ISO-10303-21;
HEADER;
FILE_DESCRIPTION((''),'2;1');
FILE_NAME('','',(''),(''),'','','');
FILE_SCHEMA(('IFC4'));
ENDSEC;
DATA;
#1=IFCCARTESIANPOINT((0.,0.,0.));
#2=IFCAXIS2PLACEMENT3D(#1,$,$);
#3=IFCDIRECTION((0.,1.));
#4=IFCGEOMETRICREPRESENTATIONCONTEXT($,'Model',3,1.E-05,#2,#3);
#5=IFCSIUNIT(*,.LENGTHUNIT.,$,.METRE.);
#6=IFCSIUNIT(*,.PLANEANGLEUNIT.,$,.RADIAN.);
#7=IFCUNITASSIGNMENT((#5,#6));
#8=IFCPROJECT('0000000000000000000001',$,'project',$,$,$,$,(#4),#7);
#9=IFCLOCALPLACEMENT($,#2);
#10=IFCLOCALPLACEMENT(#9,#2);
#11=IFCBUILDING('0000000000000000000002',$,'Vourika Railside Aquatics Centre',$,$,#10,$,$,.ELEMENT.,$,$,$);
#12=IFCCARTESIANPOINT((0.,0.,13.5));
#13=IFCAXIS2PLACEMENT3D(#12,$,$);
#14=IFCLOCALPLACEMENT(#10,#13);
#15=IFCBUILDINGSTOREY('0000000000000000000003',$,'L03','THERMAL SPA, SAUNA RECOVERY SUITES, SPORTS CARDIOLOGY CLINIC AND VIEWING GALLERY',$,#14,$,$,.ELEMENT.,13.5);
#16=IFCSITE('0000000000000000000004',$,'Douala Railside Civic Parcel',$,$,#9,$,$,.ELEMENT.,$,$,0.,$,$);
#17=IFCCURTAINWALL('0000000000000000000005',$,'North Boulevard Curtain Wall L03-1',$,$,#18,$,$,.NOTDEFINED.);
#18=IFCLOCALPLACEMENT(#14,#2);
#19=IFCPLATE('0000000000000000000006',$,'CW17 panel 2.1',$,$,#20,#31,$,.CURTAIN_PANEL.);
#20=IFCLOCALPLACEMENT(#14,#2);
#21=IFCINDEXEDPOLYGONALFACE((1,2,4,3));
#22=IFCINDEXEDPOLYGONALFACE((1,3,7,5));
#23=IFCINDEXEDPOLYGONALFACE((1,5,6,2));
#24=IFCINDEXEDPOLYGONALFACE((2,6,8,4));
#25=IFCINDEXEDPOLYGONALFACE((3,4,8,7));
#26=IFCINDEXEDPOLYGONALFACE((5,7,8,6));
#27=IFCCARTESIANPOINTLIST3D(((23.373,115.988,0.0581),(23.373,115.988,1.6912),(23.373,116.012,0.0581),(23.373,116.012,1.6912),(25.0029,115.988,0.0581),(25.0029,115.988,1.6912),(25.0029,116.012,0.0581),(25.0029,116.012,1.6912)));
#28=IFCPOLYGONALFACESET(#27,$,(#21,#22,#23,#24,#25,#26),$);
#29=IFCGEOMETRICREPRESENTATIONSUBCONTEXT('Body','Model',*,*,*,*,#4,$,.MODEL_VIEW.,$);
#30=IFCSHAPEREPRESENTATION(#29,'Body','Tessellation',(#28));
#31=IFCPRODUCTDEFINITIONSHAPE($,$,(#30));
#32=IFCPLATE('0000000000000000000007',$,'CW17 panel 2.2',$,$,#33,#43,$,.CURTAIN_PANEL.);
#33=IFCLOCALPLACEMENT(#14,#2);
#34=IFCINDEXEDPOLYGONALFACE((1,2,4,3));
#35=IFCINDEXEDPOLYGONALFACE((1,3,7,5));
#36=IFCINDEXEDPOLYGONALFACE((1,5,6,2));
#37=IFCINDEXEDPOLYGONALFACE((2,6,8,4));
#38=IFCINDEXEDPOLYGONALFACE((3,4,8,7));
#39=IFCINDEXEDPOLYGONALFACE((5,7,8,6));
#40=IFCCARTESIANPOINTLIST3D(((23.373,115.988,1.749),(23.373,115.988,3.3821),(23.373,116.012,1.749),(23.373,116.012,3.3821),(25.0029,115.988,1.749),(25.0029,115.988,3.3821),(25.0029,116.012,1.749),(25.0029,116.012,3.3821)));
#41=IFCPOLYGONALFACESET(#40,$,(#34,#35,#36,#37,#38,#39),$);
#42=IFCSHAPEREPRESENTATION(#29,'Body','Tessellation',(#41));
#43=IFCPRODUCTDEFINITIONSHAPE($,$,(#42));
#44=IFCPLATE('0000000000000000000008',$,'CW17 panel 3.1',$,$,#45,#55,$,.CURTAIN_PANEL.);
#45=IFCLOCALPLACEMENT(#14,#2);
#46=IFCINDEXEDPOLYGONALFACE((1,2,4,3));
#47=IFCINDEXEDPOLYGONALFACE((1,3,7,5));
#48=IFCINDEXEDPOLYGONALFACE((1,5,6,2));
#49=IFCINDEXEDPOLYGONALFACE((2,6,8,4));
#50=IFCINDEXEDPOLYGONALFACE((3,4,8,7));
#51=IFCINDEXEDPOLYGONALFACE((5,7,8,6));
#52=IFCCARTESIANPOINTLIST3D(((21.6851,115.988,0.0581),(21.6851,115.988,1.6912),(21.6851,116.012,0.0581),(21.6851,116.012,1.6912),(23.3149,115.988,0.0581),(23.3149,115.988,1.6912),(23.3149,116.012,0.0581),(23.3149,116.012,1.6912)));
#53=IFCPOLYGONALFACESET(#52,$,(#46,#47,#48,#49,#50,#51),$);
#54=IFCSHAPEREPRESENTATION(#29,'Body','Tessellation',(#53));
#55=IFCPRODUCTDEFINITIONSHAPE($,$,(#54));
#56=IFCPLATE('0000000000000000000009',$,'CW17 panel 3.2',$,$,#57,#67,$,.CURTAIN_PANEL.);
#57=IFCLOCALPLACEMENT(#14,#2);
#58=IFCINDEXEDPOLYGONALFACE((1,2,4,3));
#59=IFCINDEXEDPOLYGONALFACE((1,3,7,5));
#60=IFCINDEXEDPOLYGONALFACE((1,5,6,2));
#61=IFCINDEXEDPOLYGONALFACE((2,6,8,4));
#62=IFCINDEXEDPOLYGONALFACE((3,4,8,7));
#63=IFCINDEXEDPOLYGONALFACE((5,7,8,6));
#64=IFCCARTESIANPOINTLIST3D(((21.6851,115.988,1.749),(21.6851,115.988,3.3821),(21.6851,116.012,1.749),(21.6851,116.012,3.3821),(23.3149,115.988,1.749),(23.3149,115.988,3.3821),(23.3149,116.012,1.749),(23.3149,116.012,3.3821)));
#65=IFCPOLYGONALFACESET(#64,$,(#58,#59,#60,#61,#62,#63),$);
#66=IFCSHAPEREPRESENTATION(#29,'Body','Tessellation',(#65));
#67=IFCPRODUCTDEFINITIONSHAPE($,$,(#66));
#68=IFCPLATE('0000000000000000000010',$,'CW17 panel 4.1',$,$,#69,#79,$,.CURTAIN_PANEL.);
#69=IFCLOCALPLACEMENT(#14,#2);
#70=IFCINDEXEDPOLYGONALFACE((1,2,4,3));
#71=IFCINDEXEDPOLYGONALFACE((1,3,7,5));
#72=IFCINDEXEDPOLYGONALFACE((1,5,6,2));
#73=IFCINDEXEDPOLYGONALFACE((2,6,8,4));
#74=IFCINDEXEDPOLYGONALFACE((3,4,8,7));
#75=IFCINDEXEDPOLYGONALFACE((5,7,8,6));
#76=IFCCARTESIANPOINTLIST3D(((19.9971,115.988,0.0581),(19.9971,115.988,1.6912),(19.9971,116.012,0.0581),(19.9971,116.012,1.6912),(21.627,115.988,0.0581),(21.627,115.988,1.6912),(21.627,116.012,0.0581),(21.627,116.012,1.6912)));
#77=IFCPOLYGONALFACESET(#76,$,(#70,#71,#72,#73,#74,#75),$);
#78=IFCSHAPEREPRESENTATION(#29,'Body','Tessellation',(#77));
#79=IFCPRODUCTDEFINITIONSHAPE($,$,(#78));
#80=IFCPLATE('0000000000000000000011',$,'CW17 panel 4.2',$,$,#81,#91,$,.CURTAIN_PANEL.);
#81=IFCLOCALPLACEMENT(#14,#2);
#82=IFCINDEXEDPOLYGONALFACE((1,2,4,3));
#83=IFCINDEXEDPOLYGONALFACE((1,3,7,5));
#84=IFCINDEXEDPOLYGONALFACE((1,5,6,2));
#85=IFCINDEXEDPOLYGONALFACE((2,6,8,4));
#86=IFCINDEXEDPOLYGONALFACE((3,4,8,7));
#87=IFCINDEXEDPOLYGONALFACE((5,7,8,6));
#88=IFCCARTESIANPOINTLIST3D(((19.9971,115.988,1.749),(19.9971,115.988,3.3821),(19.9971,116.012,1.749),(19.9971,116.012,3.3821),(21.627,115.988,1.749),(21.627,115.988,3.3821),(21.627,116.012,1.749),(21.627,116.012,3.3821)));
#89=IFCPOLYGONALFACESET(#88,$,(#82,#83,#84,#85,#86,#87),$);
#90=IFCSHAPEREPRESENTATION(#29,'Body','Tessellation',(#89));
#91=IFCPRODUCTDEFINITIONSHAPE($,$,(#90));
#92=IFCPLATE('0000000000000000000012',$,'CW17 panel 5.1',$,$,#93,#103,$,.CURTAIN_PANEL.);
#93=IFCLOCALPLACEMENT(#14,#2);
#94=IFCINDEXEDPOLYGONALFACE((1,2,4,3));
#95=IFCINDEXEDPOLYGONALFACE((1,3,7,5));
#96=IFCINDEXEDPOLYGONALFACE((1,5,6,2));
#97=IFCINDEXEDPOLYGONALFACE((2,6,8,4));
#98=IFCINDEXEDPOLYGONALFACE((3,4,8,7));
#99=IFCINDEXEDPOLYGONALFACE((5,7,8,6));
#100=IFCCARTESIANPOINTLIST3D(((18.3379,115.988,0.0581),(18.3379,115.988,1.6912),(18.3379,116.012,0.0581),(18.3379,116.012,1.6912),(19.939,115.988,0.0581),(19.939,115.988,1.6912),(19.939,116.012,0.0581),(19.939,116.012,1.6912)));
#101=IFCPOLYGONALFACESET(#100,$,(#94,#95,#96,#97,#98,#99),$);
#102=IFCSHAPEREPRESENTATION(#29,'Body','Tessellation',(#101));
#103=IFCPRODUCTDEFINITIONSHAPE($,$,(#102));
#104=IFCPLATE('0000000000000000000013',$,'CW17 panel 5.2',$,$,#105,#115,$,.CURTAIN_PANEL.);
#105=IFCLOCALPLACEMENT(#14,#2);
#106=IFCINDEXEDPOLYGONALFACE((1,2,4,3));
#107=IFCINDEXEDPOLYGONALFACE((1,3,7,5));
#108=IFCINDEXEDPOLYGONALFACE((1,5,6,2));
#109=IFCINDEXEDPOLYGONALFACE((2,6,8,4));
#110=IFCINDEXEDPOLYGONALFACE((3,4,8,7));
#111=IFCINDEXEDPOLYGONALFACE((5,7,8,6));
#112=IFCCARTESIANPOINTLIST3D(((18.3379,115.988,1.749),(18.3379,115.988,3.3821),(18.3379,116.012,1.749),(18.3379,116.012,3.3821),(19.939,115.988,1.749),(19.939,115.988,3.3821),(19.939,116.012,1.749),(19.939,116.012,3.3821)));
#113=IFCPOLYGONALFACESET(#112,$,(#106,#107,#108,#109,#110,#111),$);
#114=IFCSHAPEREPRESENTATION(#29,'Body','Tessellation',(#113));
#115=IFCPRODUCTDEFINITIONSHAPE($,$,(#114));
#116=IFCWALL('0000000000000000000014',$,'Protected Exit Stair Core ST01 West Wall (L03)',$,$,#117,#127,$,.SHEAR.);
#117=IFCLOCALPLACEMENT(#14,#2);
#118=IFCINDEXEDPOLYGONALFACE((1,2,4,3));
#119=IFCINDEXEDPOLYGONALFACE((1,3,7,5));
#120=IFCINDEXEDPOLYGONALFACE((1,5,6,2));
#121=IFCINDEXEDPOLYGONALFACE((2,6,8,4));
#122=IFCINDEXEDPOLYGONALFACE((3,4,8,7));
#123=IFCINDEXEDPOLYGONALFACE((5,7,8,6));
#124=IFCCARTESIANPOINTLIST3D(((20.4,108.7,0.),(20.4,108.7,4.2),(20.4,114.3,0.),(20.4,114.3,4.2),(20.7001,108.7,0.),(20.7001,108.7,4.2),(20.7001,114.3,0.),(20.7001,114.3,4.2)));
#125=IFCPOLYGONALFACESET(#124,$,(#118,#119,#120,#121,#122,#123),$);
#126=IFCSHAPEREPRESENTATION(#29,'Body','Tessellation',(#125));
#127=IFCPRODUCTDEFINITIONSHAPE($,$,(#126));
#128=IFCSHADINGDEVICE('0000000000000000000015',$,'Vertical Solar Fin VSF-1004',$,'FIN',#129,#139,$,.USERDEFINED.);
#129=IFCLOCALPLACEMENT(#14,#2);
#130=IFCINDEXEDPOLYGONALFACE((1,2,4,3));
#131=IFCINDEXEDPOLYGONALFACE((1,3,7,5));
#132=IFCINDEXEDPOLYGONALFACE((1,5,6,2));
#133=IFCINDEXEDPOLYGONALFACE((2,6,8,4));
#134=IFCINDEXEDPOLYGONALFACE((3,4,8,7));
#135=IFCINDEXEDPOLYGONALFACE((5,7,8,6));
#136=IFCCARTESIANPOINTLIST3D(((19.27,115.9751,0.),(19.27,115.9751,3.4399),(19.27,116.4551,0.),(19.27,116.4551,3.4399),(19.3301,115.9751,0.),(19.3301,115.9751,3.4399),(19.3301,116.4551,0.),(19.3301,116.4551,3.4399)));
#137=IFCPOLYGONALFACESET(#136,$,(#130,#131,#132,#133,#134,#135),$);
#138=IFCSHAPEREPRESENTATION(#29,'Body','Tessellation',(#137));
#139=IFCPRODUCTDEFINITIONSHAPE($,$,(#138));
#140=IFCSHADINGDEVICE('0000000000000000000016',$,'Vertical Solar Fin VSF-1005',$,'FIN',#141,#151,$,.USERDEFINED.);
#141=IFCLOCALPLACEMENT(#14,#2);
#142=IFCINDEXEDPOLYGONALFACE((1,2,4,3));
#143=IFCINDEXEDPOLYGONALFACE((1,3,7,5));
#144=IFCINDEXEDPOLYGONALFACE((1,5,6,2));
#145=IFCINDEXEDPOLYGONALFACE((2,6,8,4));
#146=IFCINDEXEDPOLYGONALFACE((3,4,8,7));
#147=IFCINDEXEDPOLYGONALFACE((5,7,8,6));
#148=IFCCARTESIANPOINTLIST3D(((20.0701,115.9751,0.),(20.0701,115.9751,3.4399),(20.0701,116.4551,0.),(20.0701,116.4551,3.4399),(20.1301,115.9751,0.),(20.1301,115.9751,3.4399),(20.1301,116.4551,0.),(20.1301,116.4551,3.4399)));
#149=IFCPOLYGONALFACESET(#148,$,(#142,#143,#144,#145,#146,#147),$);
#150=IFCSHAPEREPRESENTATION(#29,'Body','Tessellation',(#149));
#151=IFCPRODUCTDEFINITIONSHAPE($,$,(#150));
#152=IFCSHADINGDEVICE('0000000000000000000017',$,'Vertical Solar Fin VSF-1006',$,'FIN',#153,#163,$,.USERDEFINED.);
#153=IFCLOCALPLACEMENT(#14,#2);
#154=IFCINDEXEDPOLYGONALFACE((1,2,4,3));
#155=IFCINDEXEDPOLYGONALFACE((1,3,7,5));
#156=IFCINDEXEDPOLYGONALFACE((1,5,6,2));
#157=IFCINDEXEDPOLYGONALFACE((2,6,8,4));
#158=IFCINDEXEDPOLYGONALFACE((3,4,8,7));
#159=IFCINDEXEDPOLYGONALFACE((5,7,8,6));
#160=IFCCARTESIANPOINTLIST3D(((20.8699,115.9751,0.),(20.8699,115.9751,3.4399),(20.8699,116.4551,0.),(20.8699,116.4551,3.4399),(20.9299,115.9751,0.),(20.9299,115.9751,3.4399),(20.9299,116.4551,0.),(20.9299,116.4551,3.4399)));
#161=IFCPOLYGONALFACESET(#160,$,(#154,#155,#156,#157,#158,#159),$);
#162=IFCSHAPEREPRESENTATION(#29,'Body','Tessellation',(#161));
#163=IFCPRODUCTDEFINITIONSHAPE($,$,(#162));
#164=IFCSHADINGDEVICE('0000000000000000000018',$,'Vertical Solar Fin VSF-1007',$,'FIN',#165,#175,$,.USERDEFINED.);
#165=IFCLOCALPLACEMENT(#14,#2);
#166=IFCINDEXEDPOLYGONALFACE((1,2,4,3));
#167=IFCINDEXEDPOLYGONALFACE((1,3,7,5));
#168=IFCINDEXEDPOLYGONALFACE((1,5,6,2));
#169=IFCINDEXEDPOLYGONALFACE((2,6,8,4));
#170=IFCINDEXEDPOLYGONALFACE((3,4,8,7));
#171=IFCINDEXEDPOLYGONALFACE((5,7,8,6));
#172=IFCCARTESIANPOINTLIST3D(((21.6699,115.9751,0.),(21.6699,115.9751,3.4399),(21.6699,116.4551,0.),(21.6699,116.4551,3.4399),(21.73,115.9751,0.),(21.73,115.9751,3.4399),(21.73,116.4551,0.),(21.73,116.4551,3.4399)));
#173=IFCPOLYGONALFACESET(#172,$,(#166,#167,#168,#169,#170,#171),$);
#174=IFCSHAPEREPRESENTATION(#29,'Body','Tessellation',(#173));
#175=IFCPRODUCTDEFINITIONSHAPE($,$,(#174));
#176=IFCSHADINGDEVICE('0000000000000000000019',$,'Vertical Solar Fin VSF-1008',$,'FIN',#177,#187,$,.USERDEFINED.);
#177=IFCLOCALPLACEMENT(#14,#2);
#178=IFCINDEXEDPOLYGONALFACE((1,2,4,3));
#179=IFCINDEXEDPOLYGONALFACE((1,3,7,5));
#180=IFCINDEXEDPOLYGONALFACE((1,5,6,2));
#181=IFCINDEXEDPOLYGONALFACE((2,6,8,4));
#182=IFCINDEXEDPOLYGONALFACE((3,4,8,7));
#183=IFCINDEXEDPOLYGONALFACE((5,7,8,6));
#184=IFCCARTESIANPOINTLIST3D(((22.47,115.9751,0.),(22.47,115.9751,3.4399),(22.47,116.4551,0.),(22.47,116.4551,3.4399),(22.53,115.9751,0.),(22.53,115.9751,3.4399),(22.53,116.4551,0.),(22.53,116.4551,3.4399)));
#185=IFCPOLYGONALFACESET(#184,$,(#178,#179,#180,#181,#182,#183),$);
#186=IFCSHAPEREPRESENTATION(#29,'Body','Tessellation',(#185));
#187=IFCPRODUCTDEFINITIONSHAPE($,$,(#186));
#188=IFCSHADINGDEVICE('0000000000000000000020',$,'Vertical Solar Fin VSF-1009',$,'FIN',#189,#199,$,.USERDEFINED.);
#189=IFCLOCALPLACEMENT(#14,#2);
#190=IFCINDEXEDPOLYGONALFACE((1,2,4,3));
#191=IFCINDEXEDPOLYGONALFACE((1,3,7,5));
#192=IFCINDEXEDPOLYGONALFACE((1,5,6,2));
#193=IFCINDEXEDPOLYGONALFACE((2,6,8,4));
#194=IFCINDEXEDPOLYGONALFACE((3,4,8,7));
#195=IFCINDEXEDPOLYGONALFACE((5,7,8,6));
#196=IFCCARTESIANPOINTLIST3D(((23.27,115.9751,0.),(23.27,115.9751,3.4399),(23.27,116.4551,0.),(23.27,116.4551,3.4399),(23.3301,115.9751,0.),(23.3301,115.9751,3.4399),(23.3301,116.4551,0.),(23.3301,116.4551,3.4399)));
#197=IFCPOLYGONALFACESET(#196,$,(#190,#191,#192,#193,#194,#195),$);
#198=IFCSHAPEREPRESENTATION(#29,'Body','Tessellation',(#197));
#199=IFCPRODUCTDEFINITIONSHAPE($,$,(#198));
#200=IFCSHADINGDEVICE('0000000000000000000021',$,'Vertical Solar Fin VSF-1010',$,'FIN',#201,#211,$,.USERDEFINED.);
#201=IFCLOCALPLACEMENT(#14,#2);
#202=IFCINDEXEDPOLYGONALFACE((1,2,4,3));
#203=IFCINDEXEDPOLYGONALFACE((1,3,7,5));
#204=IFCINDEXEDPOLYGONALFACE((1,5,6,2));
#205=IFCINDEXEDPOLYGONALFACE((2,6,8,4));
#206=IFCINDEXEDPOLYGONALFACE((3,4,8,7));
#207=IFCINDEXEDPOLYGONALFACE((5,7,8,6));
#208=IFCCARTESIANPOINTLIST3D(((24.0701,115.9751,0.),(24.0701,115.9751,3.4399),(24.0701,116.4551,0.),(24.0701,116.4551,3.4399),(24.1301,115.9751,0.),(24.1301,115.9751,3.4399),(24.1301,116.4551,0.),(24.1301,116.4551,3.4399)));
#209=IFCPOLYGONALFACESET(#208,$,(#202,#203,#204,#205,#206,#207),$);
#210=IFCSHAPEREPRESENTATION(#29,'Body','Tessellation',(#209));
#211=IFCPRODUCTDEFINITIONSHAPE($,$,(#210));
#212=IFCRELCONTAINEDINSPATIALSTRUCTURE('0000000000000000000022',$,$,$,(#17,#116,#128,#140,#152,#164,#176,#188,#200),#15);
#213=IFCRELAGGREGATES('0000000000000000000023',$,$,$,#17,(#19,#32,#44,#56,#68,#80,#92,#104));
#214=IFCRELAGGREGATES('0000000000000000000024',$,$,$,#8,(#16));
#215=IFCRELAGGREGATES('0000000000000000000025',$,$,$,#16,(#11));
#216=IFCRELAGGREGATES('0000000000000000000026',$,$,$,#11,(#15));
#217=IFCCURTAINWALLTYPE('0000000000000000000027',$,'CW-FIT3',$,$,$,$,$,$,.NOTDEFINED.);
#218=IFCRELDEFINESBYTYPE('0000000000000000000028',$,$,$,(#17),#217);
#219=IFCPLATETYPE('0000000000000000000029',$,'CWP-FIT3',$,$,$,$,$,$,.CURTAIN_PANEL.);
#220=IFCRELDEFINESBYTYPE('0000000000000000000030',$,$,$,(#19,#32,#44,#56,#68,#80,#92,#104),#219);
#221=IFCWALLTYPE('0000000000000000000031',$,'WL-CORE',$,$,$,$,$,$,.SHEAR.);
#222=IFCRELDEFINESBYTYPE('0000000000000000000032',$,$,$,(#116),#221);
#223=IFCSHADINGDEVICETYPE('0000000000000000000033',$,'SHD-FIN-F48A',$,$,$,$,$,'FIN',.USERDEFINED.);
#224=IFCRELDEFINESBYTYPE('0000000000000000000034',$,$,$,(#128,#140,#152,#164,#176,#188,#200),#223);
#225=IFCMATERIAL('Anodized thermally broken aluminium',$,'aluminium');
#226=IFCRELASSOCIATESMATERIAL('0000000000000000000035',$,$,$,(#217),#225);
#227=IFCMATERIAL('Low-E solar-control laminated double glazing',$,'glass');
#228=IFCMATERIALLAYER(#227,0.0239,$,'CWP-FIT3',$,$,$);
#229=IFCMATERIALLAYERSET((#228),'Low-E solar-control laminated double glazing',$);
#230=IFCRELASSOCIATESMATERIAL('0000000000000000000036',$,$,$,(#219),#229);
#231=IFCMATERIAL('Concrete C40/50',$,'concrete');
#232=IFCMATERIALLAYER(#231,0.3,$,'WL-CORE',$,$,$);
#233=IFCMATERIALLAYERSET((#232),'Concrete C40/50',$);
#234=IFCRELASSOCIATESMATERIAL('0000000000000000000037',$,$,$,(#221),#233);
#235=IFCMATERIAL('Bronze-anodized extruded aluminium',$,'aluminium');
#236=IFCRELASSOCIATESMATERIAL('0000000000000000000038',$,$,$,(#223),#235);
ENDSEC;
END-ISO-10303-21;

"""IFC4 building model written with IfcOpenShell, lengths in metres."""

from ifc_helpers import new_model, si_unit, direction, frame, frame_2d, origin, origin_2d, place, context, subcontext, project, spatial, rectangle, extrude, material, layer, layer_set, material_profile, profile_set, type_object, element, aggregate, save


model = new_model("IFC4")

# Units and contexts
model_context = context("Model", 3, precision=1e-05, world=origin(), true_north=direction((0.0, 1.0)))
body_context = subcontext(model_context, "Body", "Model", "MODEL_VIEW")
ifc_project = project(units=[si_unit("LENGTHUNIT", "METRE"), si_unit("PLANEANGLEUNIT", "RADIAN")], contexts=[model_context])

# Site, building, storey
site_placement = place(None, origin())
site = spatial("IfcSite", under=ifc_project, at=site_placement, Name="Douala Railside Civic Parcel", CompositionType="ELEMENT", RefElevation=0.0)
building_placement = place(site_placement, origin())
building = spatial("IfcBuilding", under=site, at=building_placement, Name="Vourika Railside Aquatics Centre", CompositionType="ELEMENT")
storey_placement = place(building_placement, frame((0.0, 0.0, 13.5)))
storey = spatial("IfcBuildingStorey", under=building, at=storey_placement, Name="L03", Description="THERMAL SPA, SAUNA RECOVERY SUITES, SPORTS CARDIOLOGY CLINIC AND VIEWING GALLERY", CompositionType="ELEMENT", Elevation=13.5)

# Curtain wall, plates
ifc_material_1 = material(Name="Anodized thermally broken aluminium", Category="aluminium")
curtain_wall_type = type_object("IfcCurtainWallType", Name="CW-FIT3", PredefinedType="NOTDEFINED", material=ifc_material_1)
curtain_wall_placement = place(storey_placement, origin())
curtain_wall = element("IfcCurtainWall", 1, at=curtain_wall_placement, inside=storey, type_object=curtain_wall_type, Name="North Boulevard Curtain Wall L03-1", PredefinedType="NOTDEFINED")
ifc_material_2 = material(Name="Low-E solar-control laminated double glazing", Category="glass")
ifc_layer_1 = layer(ifc_material_2, 0.0239, Name="CWP-FIT3")
ifc_layer_set_1 = layer_set([ifc_layer_1], Name="Low-E solar-control laminated double glazing")
plate_type = type_object("IfcPlateType", Name="CWP-FIT3", PredefinedType="CURTAIN_PANEL", material=ifc_layer_set_1)
plate_1_placement = place(storey_placement, frame((24.188, 116.0, 0.0581), z_axis=(0.0, 0.0, 1.0), x_axis=(-1.0, 0.0, 0.0)))
plate_1 = element("IfcPlate", 2, at=plate_1_placement, type_object=plate_type, Name="CW17 panel 2.1", PredefinedType="CURTAIN_PANEL", context=body_context, shape_type="SweptSolid", body=[
    extrude(rectangle(XDim=1.6299, YDim=0.0239, at=origin_2d()), origin(), (0.0, 0.0, 1.0), 1.6331),
])
plate_2_placement = place(storey_placement, frame((24.188, 116.0, 1.749), z_axis=(0.0, 0.0, 1.0), x_axis=(-1.0, 0.0, 0.0)))
plate_2 = element("IfcPlate", 3, at=plate_2_placement, type_object=plate_type, Name="CW17 panel 2.2", PredefinedType="CURTAIN_PANEL", context=body_context, shape_type="SweptSolid", body=[
    extrude(rectangle(XDim=1.6299, YDim=0.0239, at=origin_2d()), origin(), (0.0, 0.0, 1.0), 1.6331),
])
plate_3_placement = place(storey_placement, frame((22.5, 116.0, 0.0581), z_axis=(0.0, 0.0, 1.0), x_axis=(-1.0, 0.0, 0.0)))
plate_3 = element("IfcPlate", 4, at=plate_3_placement, type_object=plate_type, Name="CW17 panel 3.1", PredefinedType="CURTAIN_PANEL", context=body_context, shape_type="SweptSolid", body=[
    extrude(rectangle(XDim=1.6299, YDim=0.0239, at=origin_2d()), origin(), (0.0, 0.0, 1.0), 1.6331),
])
plate_4_placement = place(storey_placement, frame((22.5, 116.0, 1.749), z_axis=(0.0, 0.0, 1.0), x_axis=(-1.0, 0.0, 0.0)))
plate_4 = element("IfcPlate", 5, at=plate_4_placement, type_object=plate_type, Name="CW17 panel 3.2", PredefinedType="CURTAIN_PANEL", context=body_context, shape_type="SweptSolid", body=[
    extrude(rectangle(XDim=1.6299, YDim=0.0239, at=origin_2d()), origin(), (0.0, 0.0, 1.0), 1.6331),
])
plate_5_placement = place(storey_placement, frame((20.812, 116.0, 0.0581), z_axis=(0.0, 0.0, 1.0), x_axis=(-1.0, 0.0, 0.0)))
plate_5 = element("IfcPlate", 6, at=plate_5_placement, type_object=plate_type, Name="CW17 panel 4.1", PredefinedType="CURTAIN_PANEL", context=body_context, shape_type="SweptSolid", body=[
    extrude(rectangle(XDim=1.6299, YDim=0.0239, at=origin_2d()), origin(), (0.0, 0.0, 1.0), 1.6331),
])
plate_6_placement = place(storey_placement, frame((20.812, 116.0, 1.749), z_axis=(0.0, 0.0, 1.0), x_axis=(-1.0, 0.0, 0.0)))
plate_6 = element("IfcPlate", 7, at=plate_6_placement, type_object=plate_type, Name="CW17 panel 4.2", PredefinedType="CURTAIN_PANEL", context=body_context, shape_type="SweptSolid", body=[
    extrude(rectangle(XDim=1.6299, YDim=0.0239, at=origin_2d()), origin(), (0.0, 0.0, 1.0), 1.6331),
])
plate_7_placement = place(storey_placement, frame((19.1384, 116.0, 0.0581), z_axis=(0.0, 0.0, 1.0), x_axis=(-1.0, 0.0, 0.0)))
plate_7 = element("IfcPlate", 8, at=plate_7_placement, type_object=plate_type, Name="CW17 panel 5.1", PredefinedType="CURTAIN_PANEL", context=body_context, shape_type="SweptSolid", body=[
    extrude(rectangle(XDim=1.6011, YDim=0.0239, at=origin_2d()), origin(), (0.0, 0.0, 1.0), 1.6331),
])
plate_8_placement = place(storey_placement, frame((19.1384, 116.0, 1.749), z_axis=(0.0, 0.0, 1.0), x_axis=(-1.0, 0.0, 0.0)))
plate_8 = element("IfcPlate", 9, at=plate_8_placement, type_object=plate_type, Name="CW17 panel 5.2", PredefinedType="CURTAIN_PANEL", context=body_context, shape_type="SweptSolid", body=[
    extrude(rectangle(XDim=1.6011, YDim=0.0239, at=origin_2d()), origin(), (0.0, 0.0, 1.0), 1.6331),
])
aggregate(curtain_wall, [plate_1, plate_2, plate_3, plate_4, plate_5, plate_6, plate_7, plate_8])

# Wall
ifc_material_3 = material(Name="Concrete C40/50", Category="concrete")
ifc_layer_2 = layer(ifc_material_3, 0.3, Name="WL-CORE")
ifc_layer_set_2 = layer_set([ifc_layer_2], Name="Concrete C40/50")
wall_type = type_object("IfcWallType", Name="WL-CORE", PredefinedType="SHEAR", material=ifc_layer_set_2)
wall_placement = place(storey_placement, frame((20.55, 114.3, 0.0), z_axis=(0.0, 0.0, 1.0), x_axis=(0.0, -1.0, 0.0)))
element("IfcWall", 10, at=wall_placement, inside=storey, type_object=wall_type, Name="Protected Exit Stair Core ST01 West Wall (L03)", PredefinedType="SHEAR", context=body_context, shape_type="SweptSolid", body=[
    extrude(rectangle(XDim=5.6001, YDim=0.3, at=frame_2d((2.8, 0.0))), origin(), (0.0, 0.0, 1.0), 4.2),
])

# Shading devices
ifc_material_4 = material(Name="Bronze-anodized extruded aluminium", Category="aluminium")
ifc_material_profile_1 = material_profile(ifc_material_4, rectangle(XDim=0.0601, YDim=0.48, at=origin_2d()), Name="ALU-FIN 60x480")
ifc_profile_set_1 = profile_set([ifc_material_profile_1], Name="Bronze-anodized extruded aluminium")
shading_device_type = type_object("IfcShadingDeviceType", Name="SHD-FIN-F48A", ElementType="FIN", PredefinedType="USERDEFINED", material=ifc_profile_set_1)
for number, where, z_axis, x_axis, name in (
    (11, (19.3, 116.2151, 0.0), (0.0, 0.0, 1.0), (1.0, 0.0, 0.0), "Vertical Solar Fin VSF-1004"),
    (12, (20.1001, 116.2151, 0.0), (0.0, 0.0, 1.0), (1.0, 0.0, 0.0), "Vertical Solar Fin VSF-1005"),
    (13, (20.8999, 116.2151, 0.0), (0.0, 0.0, 1.0), (1.0, 0.0, 0.0), "Vertical Solar Fin VSF-1006"),
    (14, (21.7, 116.2151, 0.0), (0.0, 0.0, 1.0), (1.0, 0.0, 0.0), "Vertical Solar Fin VSF-1007"),
    (15, (22.5, 116.2151, 0.0), (0.0, 0.0, 1.0), (1.0, 0.0, 0.0), "Vertical Solar Fin VSF-1008"),
    (16, (23.3, 116.2151, 0.0), (0.0, 0.0, 1.0), (1.0, 0.0, 0.0), "Vertical Solar Fin VSF-1009"),
    (17, (24.1001, 116.2151, 0.0), (0.0, 0.0, 1.0), (1.0, 0.0, 0.0), "Vertical Solar Fin VSF-1010"),
):
    element("IfcShadingDevice", number, at=place(storey_placement, frame(where, z_axis=z_axis, x_axis=x_axis)), inside=storey, type_object=shading_device_type, Name=name, ObjectType="FIN", PredefinedType="USERDEFINED", context=body_context, shape_type="SweptSolid", body=[
        extrude(rectangle(XDim=0.0601, YDim=0.48, at=origin_2d()), origin(), (0.0, 0.0, 1.0), 3.4399),
    ])

save(model, "model.ifc")
